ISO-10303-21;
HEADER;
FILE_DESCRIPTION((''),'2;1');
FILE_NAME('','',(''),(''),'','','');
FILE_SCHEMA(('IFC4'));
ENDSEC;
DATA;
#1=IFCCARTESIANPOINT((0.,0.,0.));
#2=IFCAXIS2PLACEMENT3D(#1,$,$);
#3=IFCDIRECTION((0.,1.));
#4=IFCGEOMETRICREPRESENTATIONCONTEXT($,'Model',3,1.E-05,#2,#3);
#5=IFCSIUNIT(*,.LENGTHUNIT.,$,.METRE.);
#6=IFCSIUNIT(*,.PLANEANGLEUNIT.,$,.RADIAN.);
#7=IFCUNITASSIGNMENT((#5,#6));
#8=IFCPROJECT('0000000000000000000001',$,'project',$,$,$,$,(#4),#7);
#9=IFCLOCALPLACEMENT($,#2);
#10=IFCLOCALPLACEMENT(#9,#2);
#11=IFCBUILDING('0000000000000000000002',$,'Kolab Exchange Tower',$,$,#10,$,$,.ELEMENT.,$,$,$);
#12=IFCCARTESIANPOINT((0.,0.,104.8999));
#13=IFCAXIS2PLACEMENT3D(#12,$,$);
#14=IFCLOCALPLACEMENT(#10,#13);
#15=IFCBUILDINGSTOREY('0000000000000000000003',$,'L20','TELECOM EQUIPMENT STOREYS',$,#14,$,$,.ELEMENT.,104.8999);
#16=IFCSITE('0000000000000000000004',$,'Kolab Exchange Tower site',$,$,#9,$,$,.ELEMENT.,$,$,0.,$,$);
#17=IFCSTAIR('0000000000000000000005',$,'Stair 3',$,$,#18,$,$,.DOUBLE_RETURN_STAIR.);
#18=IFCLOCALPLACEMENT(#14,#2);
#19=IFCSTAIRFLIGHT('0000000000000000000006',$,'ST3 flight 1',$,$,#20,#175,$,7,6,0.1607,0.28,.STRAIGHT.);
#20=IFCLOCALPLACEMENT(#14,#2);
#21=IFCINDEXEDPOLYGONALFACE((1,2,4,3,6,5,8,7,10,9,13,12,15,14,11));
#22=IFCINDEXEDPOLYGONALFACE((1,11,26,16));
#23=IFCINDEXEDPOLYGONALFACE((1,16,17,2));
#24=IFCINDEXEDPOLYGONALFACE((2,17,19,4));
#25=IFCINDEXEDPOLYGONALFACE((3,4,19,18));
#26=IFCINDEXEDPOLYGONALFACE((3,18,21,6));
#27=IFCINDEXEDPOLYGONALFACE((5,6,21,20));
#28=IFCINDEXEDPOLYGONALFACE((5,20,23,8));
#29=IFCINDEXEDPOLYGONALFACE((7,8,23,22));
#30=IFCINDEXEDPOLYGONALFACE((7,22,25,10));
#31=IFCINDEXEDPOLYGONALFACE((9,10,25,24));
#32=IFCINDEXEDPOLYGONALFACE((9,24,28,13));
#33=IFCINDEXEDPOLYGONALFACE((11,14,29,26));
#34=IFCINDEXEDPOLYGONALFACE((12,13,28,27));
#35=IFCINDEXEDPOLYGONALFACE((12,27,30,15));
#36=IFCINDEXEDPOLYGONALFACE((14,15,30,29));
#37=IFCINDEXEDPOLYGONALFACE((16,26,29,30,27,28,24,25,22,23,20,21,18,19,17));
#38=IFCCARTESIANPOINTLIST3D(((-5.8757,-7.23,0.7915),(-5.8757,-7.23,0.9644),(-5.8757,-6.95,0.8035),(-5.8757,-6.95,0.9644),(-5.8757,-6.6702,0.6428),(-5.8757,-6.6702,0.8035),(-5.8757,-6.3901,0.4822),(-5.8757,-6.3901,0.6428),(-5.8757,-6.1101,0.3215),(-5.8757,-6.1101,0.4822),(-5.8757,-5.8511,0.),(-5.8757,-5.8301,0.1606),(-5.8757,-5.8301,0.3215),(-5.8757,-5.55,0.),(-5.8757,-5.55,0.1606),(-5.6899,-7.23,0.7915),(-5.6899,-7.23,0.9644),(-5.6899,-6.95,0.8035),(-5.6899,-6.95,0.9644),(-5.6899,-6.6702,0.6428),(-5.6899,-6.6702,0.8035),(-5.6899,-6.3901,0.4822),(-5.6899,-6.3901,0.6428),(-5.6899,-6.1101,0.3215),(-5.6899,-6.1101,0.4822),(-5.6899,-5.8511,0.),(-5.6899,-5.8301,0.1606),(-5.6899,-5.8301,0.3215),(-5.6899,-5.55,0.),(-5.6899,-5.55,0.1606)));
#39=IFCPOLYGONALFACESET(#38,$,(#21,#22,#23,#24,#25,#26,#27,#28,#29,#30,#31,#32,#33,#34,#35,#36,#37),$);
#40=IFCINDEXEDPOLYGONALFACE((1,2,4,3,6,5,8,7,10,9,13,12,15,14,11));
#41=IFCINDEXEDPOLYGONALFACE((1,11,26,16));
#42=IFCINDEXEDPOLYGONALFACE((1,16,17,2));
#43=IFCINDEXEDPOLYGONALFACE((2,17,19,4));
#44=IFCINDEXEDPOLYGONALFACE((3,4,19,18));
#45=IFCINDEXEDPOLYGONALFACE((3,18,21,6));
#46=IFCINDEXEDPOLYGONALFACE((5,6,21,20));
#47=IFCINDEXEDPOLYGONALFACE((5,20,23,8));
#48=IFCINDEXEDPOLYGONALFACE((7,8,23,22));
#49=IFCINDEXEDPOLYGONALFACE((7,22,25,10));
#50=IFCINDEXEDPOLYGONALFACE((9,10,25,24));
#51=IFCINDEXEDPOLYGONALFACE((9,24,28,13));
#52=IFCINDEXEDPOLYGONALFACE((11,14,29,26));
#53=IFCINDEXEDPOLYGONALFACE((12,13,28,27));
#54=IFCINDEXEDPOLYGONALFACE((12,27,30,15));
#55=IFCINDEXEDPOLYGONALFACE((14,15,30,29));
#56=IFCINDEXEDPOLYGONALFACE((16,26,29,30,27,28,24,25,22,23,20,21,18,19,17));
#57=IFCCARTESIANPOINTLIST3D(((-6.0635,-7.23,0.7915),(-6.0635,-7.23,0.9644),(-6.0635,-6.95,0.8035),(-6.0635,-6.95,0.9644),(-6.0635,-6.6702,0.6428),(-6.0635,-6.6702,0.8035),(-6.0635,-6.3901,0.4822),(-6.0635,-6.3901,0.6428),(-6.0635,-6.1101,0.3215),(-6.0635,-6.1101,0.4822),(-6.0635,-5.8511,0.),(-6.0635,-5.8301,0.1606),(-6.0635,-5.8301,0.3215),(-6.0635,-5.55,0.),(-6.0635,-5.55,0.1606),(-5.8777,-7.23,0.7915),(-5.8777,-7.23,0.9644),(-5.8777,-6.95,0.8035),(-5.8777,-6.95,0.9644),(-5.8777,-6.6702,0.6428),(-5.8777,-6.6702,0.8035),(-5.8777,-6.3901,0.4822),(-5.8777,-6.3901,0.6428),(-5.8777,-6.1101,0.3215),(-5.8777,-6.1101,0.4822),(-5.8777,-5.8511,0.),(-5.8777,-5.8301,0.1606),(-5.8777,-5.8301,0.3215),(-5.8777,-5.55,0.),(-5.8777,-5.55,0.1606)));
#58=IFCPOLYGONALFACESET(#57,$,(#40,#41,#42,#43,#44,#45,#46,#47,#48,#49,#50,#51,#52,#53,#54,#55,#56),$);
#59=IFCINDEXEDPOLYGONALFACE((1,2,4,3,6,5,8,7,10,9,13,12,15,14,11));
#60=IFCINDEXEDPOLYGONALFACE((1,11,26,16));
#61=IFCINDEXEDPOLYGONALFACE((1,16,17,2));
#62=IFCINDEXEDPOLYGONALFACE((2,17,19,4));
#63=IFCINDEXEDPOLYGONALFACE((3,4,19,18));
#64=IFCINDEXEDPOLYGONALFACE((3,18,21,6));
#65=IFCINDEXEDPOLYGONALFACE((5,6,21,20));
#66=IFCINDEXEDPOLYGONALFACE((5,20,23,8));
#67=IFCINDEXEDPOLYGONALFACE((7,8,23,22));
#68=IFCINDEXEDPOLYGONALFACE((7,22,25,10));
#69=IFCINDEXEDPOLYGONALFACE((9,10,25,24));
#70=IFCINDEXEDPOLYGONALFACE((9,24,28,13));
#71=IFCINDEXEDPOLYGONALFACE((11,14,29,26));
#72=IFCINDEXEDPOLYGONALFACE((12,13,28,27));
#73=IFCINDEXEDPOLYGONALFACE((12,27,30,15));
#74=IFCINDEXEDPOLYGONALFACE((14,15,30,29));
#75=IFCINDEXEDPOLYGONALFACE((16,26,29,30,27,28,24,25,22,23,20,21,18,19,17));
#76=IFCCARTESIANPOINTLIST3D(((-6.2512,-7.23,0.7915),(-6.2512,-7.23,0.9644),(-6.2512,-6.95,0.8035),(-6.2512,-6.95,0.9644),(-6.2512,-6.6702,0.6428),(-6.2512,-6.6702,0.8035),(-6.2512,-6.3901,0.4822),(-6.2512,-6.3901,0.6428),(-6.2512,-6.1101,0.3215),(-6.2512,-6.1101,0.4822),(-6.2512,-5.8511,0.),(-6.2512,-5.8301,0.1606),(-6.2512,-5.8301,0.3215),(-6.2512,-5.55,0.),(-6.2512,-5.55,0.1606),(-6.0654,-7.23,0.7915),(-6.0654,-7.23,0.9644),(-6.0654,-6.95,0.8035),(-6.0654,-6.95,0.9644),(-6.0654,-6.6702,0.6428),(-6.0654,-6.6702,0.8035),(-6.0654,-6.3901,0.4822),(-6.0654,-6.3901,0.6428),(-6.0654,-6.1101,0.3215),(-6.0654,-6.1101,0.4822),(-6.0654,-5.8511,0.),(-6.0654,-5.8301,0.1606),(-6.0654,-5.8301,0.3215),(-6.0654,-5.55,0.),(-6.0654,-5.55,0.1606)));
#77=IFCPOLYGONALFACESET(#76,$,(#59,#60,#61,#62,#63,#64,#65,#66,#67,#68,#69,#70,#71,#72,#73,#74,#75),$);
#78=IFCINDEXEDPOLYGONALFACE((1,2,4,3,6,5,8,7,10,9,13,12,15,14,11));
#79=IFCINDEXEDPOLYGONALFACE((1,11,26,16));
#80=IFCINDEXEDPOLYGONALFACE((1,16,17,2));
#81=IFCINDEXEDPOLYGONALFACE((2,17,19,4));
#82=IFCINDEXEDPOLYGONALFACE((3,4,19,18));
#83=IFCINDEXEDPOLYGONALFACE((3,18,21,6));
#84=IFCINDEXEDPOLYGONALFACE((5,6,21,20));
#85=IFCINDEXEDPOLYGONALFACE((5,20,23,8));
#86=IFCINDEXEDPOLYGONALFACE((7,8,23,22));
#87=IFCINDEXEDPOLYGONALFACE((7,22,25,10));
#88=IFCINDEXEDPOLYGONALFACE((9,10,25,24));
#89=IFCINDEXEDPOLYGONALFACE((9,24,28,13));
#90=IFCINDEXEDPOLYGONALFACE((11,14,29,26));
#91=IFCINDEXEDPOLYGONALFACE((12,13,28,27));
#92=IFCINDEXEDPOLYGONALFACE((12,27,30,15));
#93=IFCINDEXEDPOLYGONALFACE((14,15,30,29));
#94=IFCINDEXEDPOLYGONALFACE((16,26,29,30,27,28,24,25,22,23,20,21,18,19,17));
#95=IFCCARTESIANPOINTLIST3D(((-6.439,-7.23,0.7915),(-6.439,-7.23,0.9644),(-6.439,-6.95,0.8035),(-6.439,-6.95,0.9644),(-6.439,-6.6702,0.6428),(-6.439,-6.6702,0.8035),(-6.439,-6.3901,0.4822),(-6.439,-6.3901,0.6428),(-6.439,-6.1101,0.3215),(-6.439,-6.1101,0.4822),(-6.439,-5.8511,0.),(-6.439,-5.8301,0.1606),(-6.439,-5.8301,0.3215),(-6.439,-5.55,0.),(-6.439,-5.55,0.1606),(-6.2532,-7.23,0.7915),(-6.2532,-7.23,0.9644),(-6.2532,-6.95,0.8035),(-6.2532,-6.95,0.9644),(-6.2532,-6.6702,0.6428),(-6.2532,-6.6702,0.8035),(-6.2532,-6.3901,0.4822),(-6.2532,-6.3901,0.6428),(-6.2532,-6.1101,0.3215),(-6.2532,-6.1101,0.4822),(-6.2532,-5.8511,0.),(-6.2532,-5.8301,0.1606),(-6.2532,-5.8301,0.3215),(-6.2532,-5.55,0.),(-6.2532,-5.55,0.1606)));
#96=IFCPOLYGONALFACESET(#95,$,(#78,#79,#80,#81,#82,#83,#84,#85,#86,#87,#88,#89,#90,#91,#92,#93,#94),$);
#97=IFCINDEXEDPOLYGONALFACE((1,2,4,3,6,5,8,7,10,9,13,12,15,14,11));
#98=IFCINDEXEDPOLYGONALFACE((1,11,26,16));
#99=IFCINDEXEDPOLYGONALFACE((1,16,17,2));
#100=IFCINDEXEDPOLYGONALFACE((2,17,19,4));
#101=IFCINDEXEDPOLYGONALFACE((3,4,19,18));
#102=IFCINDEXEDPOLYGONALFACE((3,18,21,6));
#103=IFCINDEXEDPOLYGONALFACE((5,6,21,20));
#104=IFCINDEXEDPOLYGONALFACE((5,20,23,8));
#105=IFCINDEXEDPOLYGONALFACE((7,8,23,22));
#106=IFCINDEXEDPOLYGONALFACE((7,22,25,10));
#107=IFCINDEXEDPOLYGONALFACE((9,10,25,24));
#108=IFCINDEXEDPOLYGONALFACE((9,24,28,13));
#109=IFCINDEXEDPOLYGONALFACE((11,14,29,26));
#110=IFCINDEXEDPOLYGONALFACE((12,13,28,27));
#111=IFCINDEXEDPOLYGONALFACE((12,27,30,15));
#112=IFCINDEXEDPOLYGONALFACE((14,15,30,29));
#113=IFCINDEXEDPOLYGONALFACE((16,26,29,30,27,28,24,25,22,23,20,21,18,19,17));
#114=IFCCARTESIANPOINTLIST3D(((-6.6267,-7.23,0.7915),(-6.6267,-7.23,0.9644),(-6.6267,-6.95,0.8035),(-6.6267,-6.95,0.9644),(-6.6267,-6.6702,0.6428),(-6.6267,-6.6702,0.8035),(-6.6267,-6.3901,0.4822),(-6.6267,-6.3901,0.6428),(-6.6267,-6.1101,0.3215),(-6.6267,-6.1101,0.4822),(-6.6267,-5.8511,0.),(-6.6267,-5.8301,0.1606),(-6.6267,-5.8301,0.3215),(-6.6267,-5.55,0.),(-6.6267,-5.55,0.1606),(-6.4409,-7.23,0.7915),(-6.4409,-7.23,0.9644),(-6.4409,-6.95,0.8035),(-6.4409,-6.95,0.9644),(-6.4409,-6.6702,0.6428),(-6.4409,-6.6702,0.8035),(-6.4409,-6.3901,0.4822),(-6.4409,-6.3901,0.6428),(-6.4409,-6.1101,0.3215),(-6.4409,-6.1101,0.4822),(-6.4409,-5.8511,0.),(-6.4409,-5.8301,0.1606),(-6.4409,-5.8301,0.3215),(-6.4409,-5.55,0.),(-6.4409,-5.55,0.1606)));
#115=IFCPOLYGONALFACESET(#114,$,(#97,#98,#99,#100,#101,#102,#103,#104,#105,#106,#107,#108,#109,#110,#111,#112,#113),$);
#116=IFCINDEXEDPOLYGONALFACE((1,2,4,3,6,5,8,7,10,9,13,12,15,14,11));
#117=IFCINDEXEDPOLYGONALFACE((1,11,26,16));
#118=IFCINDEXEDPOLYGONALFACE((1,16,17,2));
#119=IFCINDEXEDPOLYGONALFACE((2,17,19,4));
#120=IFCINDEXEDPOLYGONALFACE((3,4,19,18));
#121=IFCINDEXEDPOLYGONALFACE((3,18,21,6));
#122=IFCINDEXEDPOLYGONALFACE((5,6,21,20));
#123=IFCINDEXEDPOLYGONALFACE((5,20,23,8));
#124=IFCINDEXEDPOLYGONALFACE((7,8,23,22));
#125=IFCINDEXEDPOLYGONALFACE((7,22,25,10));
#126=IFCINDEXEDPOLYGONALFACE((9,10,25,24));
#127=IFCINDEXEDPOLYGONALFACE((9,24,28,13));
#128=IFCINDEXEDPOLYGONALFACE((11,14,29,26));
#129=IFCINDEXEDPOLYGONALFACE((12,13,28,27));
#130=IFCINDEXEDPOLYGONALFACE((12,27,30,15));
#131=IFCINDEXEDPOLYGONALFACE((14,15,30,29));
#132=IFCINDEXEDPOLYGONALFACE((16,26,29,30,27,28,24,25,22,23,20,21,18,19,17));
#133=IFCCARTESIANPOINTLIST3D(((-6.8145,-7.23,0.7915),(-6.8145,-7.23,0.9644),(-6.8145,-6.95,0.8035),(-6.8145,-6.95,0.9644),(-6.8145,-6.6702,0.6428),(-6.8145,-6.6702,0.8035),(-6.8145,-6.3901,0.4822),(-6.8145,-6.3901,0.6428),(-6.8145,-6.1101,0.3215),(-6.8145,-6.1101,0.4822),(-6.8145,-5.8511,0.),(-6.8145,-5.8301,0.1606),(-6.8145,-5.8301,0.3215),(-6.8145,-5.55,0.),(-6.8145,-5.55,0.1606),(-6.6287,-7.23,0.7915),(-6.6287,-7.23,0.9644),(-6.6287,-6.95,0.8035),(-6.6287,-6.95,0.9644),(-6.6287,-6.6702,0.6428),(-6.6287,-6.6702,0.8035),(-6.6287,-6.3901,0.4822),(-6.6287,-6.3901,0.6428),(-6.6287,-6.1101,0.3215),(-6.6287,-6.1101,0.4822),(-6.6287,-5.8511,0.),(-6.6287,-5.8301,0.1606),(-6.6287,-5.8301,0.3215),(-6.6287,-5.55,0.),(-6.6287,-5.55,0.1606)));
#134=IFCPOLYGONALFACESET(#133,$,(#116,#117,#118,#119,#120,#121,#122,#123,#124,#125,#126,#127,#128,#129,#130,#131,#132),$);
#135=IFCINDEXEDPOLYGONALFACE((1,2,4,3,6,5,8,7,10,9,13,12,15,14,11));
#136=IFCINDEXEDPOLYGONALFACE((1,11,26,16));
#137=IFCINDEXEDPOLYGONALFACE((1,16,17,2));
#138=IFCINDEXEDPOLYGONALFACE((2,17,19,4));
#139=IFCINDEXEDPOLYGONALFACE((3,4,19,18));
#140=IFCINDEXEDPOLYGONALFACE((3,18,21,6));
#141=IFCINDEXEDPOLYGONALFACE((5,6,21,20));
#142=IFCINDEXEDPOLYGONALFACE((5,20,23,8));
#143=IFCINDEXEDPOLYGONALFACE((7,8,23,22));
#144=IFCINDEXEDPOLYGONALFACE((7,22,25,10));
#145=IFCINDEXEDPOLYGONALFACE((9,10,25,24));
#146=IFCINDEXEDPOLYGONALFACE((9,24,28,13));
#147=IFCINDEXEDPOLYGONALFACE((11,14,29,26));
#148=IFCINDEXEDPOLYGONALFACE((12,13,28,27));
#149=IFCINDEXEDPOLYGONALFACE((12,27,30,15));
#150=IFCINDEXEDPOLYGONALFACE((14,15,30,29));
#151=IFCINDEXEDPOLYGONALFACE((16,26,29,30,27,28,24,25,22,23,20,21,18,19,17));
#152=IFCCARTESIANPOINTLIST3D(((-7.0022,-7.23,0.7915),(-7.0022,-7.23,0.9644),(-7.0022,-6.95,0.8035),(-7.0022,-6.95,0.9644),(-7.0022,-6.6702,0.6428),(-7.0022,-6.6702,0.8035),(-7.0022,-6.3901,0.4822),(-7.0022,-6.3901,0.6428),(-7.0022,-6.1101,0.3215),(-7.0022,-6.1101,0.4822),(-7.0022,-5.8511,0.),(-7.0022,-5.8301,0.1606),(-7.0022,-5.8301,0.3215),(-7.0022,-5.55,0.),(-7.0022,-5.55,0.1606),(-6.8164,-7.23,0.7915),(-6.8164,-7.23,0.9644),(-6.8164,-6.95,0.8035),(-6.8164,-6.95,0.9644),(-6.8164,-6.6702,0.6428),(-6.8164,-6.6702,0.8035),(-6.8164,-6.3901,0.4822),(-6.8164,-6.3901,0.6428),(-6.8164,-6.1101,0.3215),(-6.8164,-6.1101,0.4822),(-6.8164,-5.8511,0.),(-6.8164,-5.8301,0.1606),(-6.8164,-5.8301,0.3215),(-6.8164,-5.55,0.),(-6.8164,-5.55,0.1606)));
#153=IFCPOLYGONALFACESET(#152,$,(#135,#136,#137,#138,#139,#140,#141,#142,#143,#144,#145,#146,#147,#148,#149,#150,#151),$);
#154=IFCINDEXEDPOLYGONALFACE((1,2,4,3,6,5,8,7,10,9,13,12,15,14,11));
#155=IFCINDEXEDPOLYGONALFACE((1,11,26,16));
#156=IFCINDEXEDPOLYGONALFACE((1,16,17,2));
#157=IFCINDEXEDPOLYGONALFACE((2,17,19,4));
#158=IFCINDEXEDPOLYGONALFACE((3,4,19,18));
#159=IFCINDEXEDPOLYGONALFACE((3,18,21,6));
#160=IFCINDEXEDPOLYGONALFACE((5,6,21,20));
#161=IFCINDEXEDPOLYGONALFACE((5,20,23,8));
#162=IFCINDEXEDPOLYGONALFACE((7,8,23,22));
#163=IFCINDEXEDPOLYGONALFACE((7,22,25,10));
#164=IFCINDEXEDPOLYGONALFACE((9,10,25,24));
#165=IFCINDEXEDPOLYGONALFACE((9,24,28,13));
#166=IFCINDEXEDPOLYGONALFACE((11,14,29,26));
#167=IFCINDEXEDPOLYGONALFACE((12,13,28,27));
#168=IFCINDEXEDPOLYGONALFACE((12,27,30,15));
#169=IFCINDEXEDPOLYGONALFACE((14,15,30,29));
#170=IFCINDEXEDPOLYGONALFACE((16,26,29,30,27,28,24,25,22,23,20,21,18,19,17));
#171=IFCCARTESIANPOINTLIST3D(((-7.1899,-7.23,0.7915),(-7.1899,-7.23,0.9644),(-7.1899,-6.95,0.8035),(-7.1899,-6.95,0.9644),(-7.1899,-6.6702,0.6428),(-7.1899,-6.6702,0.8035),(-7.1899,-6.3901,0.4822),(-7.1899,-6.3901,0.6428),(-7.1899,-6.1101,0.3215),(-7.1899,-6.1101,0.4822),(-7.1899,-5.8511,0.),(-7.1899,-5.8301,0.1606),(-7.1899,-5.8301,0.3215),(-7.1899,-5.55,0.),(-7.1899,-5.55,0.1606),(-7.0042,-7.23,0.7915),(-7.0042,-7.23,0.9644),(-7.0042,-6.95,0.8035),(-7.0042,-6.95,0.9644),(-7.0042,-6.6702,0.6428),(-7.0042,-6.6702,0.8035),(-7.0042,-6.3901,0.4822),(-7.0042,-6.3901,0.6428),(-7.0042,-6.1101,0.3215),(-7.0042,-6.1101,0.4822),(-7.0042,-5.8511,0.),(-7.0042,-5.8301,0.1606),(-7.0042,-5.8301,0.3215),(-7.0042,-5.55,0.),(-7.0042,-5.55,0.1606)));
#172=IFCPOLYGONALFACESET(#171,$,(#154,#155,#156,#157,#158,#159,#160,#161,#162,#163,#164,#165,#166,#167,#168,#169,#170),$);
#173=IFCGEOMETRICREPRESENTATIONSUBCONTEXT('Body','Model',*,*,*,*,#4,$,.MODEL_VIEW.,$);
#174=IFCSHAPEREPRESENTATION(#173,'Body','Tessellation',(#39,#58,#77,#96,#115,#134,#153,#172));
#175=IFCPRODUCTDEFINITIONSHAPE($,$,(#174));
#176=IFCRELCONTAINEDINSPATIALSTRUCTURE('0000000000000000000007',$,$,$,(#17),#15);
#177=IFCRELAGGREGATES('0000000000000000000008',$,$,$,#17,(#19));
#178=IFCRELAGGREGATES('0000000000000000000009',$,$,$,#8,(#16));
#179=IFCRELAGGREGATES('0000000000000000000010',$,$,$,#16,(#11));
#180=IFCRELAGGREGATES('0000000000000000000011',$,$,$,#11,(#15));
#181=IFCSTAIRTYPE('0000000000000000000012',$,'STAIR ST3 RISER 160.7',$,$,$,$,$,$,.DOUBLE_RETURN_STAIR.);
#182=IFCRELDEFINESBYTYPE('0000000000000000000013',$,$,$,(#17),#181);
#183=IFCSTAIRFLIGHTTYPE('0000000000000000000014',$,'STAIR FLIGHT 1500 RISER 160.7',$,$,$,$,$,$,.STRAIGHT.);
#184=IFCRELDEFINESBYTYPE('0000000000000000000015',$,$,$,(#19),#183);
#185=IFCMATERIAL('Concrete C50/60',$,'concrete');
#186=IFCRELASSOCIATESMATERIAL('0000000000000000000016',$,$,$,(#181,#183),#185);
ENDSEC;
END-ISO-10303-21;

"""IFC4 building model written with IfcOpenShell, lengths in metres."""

from ifc_helpers import new_model, si_unit, direction, frame, origin, place, context, subcontext, project, spatial, polyline, outline, extrude, material, type_object, element, aggregate, save


model = new_model("IFC4")

# Units and contexts
model_context = context("Model", 3, precision=1e-05, world=origin(), true_north=direction((0.0, 1.0)))
body_context = subcontext(model_context, "Body", "Model", "MODEL_VIEW")
ifc_project = project(units=[si_unit("LENGTHUNIT", "METRE"), si_unit("PLANEANGLEUNIT", "RADIAN")], contexts=[model_context])

# Site, building, storey
site_placement = place(None, origin())
site = spatial("IfcSite", under=ifc_project, at=site_placement, Name="Kolab Exchange Tower site", CompositionType="ELEMENT", RefElevation=0.0)
building_placement = place(site_placement, origin())
building = spatial("IfcBuilding", under=site, at=building_placement, Name="Kolab Exchange Tower", CompositionType="ELEMENT")
storey_placement = place(building_placement, frame((0.0, 0.0, 104.8999)))
storey = spatial("IfcBuildingStorey", under=building, at=storey_placement, Name="L20", Description="TELECOM EQUIPMENT STOREYS", CompositionType="ELEMENT", Elevation=104.8999)

# Shared definitions
ifc_material_1 = material(Name="Concrete C50/60", Category="concrete")

# Stair, stair flight
stair_type = type_object("IfcStairType", Name="STAIR ST3 RISER 160.7", PredefinedType="DOUBLE_RETURN_STAIR", material=ifc_material_1)
stair_placement = place(storey_placement, origin())
stair = element("IfcStair", 1, at=stair_placement, inside=storey, type_object=stair_type, Name="Stair 3", PredefinedType="DOUBLE_RETURN_STAIR")
stair_flight_type = type_object("IfcStairFlightType", Name="STAIR FLIGHT 1500 RISER 160.7", PredefinedType="STRAIGHT", material=ifc_material_1)
stair_flight_1_placement = place(storey_placement, frame((-6.4399, -5.55, 0.0), z_axis=(0.0, 0.0, 1.0), x_axis=(0.0, -1.0, 0.0)))
stair_flight_1 = element("IfcStairFlight", 2, at=stair_flight_1_placement, type_object=stair_flight_type, Name="ST3 flight 1", NumberOfRisers=7, NumberOfTreads=6, PredefinedType="STRAIGHT", RiserHeight=0.1607, TreadLength=0.28, context=body_context, shape_type="SweptSolid", body=[
    extrude(outline(polyline([(0.0, 0.0), (0.0, 0.1606), (0.28, 0.1606), (0.28, 0.3215), (0.5601, 0.3215), (0.5601, 0.4822), (0.8401, 0.4822), (0.8401, 0.6428), (1.1201, 0.6428), (1.1201, 0.8035), (1.3999, 0.8035), (1.3999, 0.9644), (1.6799, 0.9644), (1.6799, 1.125), (1.6799, 0.7915), (0.301, 0.0), (0.0, 0.0)])), frame((0.0, 0.75, 0.0), z_axis=(0.0, -1.0, 0.0), x_axis=(1.0, 0.0, 0.0)), (0.0, 0.0, 1.0), 0.1858),
    extrude(outline(polyline([(0.0, 0.0), (0.0, 0.1606), (0.28, 0.1606), (0.28, 0.3215), (0.5601, 0.3215), (0.5601, 0.4822), (0.8401, 0.4822), (0.8401, 0.6428), (1.1201, 0.6428), (1.1201, 0.8035), (1.3999, 0.8035), (1.3999, 0.9644), (1.6799, 0.9644), (1.6799, 1.125), (1.6799, 0.7915), (0.301, 0.0), (0.0, 0.0)])), frame((0.0, 0.5623, 0.0), z_axis=(0.0, -1.0, 0.0), x_axis=(1.0, 0.0, 0.0)), (0.0, 0.0, 1.0), 0.1858),
    extrude(outline(polyline([(0.0, 0.0), (0.0, 0.1606), (0.28, 0.1606), (0.28, 0.3215), (0.5601, 0.3215), (0.5601, 0.4822), (0.8401, 0.4822), (0.8401, 0.6428), (1.1201, 0.6428), (1.1201, 0.8035), (1.3999, 0.8035), (1.3999, 0.9644), (1.6799, 0.9644), (1.6799, 1.125), (1.6799, 0.7915), (0.301, 0.0), (0.0, 0.0)])), frame((0.0, 0.3745, 0.0), z_axis=(0.0, -1.0, 0.0), x_axis=(1.0, 0.0, 0.0)), (0.0, 0.0, 1.0), 0.1858),
    extrude(outline(polyline([(0.0, 0.0), (0.0, 0.1606), (0.28, 0.1606), (0.28, 0.3215), (0.5601, 0.3215), (0.5601, 0.4822), (0.8401, 0.4822), (0.8401, 0.6428), (1.1201, 0.6428), (1.1201, 0.8035), (1.3999, 0.8035), (1.3999, 0.9644), (1.6799, 0.9644), (1.6799, 1.125), (1.6799, 0.7915), (0.301, 0.0), (0.0, 0.0)])), frame((0.0, 0.1868, 0.0), z_axis=(0.0, -1.0, 0.0), x_axis=(1.0, 0.0, 0.0)), (0.0, 0.0, 1.0), 0.1858),
    extrude(outline(polyline([(0.0, 0.0), (0.0, 0.1606), (0.28, 0.1606), (0.28, 0.3215), (0.5601, 0.3215), (0.5601, 0.4822), (0.8401, 0.4822), (0.8401, 0.6428), (1.1201, 0.6428), (1.1201, 0.8035), (1.3999, 0.8035), (1.3999, 0.9644), (1.6799, 0.9644), (1.6799, 1.125), (1.6799, 0.7915), (0.301, 0.0), (0.0, 0.0)])), frame((0.0, -0.001, 0.0), z_axis=(0.0, -1.0, 0.0), x_axis=(1.0, 0.0, 0.0)), (0.0, 0.0, 1.0), 0.1858),
    extrude(outline(polyline([(0.0, 0.0), (0.0, 0.1606), (0.28, 0.1606), (0.28, 0.3215), (0.5601, 0.3215), (0.5601, 0.4822), (0.8401, 0.4822), (0.8401, 0.6428), (1.1201, 0.6428), (1.1201, 0.8035), (1.3999, 0.8035), (1.3999, 0.9644), (1.6799, 0.9644), (1.6799, 1.125), (1.6799, 0.7915), (0.301, 0.0), (0.0, 0.0)])), frame((0.0, -0.1887, 0.0), z_axis=(0.0, -1.0, 0.0), x_axis=(1.0, 0.0, 0.0)), (0.0, 0.0, 1.0), 0.1858),
    extrude(outline(polyline([(0.0, 0.0), (0.0, 0.1606), (0.28, 0.1606), (0.28, 0.3215), (0.5601, 0.3215), (0.5601, 0.4822), (0.8401, 0.4822), (0.8401, 0.6428), (1.1201, 0.6428), (1.1201, 0.8035), (1.3999, 0.8035), (1.3999, 0.9644), (1.6799, 0.9644), (1.6799, 1.125), (1.6799, 0.7915), (0.301, 0.0), (0.0, 0.0)])), frame((0.0, -0.3765, 0.0), z_axis=(0.0, -1.0, 0.0), x_axis=(1.0, 0.0, 0.0)), (0.0, 0.0, 1.0), 0.1858),
    extrude(outline(polyline([(0.0, 0.0), (0.0, 0.1606), (0.28, 0.1606), (0.28, 0.3215), (0.5601, 0.3215), (0.5601, 0.4822), (0.8401, 0.4822), (0.8401, 0.6428), (1.1201, 0.6428), (1.1201, 0.8035), (1.3999, 0.8035), (1.3999, 0.9644), (1.6799, 0.9644), (1.6799, 1.125), (1.6799, 0.7915), (0.301, 0.0), (0.0, 0.0)])), frame((0.0, -0.5642, 0.0), z_axis=(0.0, -1.0, 0.0), x_axis=(1.0, 0.0, 0.0)), (0.0, 0.0, 1.0), 0.1858),
])
aggregate(stair, [stair_flight_1])

save(model, "model.ifc")
